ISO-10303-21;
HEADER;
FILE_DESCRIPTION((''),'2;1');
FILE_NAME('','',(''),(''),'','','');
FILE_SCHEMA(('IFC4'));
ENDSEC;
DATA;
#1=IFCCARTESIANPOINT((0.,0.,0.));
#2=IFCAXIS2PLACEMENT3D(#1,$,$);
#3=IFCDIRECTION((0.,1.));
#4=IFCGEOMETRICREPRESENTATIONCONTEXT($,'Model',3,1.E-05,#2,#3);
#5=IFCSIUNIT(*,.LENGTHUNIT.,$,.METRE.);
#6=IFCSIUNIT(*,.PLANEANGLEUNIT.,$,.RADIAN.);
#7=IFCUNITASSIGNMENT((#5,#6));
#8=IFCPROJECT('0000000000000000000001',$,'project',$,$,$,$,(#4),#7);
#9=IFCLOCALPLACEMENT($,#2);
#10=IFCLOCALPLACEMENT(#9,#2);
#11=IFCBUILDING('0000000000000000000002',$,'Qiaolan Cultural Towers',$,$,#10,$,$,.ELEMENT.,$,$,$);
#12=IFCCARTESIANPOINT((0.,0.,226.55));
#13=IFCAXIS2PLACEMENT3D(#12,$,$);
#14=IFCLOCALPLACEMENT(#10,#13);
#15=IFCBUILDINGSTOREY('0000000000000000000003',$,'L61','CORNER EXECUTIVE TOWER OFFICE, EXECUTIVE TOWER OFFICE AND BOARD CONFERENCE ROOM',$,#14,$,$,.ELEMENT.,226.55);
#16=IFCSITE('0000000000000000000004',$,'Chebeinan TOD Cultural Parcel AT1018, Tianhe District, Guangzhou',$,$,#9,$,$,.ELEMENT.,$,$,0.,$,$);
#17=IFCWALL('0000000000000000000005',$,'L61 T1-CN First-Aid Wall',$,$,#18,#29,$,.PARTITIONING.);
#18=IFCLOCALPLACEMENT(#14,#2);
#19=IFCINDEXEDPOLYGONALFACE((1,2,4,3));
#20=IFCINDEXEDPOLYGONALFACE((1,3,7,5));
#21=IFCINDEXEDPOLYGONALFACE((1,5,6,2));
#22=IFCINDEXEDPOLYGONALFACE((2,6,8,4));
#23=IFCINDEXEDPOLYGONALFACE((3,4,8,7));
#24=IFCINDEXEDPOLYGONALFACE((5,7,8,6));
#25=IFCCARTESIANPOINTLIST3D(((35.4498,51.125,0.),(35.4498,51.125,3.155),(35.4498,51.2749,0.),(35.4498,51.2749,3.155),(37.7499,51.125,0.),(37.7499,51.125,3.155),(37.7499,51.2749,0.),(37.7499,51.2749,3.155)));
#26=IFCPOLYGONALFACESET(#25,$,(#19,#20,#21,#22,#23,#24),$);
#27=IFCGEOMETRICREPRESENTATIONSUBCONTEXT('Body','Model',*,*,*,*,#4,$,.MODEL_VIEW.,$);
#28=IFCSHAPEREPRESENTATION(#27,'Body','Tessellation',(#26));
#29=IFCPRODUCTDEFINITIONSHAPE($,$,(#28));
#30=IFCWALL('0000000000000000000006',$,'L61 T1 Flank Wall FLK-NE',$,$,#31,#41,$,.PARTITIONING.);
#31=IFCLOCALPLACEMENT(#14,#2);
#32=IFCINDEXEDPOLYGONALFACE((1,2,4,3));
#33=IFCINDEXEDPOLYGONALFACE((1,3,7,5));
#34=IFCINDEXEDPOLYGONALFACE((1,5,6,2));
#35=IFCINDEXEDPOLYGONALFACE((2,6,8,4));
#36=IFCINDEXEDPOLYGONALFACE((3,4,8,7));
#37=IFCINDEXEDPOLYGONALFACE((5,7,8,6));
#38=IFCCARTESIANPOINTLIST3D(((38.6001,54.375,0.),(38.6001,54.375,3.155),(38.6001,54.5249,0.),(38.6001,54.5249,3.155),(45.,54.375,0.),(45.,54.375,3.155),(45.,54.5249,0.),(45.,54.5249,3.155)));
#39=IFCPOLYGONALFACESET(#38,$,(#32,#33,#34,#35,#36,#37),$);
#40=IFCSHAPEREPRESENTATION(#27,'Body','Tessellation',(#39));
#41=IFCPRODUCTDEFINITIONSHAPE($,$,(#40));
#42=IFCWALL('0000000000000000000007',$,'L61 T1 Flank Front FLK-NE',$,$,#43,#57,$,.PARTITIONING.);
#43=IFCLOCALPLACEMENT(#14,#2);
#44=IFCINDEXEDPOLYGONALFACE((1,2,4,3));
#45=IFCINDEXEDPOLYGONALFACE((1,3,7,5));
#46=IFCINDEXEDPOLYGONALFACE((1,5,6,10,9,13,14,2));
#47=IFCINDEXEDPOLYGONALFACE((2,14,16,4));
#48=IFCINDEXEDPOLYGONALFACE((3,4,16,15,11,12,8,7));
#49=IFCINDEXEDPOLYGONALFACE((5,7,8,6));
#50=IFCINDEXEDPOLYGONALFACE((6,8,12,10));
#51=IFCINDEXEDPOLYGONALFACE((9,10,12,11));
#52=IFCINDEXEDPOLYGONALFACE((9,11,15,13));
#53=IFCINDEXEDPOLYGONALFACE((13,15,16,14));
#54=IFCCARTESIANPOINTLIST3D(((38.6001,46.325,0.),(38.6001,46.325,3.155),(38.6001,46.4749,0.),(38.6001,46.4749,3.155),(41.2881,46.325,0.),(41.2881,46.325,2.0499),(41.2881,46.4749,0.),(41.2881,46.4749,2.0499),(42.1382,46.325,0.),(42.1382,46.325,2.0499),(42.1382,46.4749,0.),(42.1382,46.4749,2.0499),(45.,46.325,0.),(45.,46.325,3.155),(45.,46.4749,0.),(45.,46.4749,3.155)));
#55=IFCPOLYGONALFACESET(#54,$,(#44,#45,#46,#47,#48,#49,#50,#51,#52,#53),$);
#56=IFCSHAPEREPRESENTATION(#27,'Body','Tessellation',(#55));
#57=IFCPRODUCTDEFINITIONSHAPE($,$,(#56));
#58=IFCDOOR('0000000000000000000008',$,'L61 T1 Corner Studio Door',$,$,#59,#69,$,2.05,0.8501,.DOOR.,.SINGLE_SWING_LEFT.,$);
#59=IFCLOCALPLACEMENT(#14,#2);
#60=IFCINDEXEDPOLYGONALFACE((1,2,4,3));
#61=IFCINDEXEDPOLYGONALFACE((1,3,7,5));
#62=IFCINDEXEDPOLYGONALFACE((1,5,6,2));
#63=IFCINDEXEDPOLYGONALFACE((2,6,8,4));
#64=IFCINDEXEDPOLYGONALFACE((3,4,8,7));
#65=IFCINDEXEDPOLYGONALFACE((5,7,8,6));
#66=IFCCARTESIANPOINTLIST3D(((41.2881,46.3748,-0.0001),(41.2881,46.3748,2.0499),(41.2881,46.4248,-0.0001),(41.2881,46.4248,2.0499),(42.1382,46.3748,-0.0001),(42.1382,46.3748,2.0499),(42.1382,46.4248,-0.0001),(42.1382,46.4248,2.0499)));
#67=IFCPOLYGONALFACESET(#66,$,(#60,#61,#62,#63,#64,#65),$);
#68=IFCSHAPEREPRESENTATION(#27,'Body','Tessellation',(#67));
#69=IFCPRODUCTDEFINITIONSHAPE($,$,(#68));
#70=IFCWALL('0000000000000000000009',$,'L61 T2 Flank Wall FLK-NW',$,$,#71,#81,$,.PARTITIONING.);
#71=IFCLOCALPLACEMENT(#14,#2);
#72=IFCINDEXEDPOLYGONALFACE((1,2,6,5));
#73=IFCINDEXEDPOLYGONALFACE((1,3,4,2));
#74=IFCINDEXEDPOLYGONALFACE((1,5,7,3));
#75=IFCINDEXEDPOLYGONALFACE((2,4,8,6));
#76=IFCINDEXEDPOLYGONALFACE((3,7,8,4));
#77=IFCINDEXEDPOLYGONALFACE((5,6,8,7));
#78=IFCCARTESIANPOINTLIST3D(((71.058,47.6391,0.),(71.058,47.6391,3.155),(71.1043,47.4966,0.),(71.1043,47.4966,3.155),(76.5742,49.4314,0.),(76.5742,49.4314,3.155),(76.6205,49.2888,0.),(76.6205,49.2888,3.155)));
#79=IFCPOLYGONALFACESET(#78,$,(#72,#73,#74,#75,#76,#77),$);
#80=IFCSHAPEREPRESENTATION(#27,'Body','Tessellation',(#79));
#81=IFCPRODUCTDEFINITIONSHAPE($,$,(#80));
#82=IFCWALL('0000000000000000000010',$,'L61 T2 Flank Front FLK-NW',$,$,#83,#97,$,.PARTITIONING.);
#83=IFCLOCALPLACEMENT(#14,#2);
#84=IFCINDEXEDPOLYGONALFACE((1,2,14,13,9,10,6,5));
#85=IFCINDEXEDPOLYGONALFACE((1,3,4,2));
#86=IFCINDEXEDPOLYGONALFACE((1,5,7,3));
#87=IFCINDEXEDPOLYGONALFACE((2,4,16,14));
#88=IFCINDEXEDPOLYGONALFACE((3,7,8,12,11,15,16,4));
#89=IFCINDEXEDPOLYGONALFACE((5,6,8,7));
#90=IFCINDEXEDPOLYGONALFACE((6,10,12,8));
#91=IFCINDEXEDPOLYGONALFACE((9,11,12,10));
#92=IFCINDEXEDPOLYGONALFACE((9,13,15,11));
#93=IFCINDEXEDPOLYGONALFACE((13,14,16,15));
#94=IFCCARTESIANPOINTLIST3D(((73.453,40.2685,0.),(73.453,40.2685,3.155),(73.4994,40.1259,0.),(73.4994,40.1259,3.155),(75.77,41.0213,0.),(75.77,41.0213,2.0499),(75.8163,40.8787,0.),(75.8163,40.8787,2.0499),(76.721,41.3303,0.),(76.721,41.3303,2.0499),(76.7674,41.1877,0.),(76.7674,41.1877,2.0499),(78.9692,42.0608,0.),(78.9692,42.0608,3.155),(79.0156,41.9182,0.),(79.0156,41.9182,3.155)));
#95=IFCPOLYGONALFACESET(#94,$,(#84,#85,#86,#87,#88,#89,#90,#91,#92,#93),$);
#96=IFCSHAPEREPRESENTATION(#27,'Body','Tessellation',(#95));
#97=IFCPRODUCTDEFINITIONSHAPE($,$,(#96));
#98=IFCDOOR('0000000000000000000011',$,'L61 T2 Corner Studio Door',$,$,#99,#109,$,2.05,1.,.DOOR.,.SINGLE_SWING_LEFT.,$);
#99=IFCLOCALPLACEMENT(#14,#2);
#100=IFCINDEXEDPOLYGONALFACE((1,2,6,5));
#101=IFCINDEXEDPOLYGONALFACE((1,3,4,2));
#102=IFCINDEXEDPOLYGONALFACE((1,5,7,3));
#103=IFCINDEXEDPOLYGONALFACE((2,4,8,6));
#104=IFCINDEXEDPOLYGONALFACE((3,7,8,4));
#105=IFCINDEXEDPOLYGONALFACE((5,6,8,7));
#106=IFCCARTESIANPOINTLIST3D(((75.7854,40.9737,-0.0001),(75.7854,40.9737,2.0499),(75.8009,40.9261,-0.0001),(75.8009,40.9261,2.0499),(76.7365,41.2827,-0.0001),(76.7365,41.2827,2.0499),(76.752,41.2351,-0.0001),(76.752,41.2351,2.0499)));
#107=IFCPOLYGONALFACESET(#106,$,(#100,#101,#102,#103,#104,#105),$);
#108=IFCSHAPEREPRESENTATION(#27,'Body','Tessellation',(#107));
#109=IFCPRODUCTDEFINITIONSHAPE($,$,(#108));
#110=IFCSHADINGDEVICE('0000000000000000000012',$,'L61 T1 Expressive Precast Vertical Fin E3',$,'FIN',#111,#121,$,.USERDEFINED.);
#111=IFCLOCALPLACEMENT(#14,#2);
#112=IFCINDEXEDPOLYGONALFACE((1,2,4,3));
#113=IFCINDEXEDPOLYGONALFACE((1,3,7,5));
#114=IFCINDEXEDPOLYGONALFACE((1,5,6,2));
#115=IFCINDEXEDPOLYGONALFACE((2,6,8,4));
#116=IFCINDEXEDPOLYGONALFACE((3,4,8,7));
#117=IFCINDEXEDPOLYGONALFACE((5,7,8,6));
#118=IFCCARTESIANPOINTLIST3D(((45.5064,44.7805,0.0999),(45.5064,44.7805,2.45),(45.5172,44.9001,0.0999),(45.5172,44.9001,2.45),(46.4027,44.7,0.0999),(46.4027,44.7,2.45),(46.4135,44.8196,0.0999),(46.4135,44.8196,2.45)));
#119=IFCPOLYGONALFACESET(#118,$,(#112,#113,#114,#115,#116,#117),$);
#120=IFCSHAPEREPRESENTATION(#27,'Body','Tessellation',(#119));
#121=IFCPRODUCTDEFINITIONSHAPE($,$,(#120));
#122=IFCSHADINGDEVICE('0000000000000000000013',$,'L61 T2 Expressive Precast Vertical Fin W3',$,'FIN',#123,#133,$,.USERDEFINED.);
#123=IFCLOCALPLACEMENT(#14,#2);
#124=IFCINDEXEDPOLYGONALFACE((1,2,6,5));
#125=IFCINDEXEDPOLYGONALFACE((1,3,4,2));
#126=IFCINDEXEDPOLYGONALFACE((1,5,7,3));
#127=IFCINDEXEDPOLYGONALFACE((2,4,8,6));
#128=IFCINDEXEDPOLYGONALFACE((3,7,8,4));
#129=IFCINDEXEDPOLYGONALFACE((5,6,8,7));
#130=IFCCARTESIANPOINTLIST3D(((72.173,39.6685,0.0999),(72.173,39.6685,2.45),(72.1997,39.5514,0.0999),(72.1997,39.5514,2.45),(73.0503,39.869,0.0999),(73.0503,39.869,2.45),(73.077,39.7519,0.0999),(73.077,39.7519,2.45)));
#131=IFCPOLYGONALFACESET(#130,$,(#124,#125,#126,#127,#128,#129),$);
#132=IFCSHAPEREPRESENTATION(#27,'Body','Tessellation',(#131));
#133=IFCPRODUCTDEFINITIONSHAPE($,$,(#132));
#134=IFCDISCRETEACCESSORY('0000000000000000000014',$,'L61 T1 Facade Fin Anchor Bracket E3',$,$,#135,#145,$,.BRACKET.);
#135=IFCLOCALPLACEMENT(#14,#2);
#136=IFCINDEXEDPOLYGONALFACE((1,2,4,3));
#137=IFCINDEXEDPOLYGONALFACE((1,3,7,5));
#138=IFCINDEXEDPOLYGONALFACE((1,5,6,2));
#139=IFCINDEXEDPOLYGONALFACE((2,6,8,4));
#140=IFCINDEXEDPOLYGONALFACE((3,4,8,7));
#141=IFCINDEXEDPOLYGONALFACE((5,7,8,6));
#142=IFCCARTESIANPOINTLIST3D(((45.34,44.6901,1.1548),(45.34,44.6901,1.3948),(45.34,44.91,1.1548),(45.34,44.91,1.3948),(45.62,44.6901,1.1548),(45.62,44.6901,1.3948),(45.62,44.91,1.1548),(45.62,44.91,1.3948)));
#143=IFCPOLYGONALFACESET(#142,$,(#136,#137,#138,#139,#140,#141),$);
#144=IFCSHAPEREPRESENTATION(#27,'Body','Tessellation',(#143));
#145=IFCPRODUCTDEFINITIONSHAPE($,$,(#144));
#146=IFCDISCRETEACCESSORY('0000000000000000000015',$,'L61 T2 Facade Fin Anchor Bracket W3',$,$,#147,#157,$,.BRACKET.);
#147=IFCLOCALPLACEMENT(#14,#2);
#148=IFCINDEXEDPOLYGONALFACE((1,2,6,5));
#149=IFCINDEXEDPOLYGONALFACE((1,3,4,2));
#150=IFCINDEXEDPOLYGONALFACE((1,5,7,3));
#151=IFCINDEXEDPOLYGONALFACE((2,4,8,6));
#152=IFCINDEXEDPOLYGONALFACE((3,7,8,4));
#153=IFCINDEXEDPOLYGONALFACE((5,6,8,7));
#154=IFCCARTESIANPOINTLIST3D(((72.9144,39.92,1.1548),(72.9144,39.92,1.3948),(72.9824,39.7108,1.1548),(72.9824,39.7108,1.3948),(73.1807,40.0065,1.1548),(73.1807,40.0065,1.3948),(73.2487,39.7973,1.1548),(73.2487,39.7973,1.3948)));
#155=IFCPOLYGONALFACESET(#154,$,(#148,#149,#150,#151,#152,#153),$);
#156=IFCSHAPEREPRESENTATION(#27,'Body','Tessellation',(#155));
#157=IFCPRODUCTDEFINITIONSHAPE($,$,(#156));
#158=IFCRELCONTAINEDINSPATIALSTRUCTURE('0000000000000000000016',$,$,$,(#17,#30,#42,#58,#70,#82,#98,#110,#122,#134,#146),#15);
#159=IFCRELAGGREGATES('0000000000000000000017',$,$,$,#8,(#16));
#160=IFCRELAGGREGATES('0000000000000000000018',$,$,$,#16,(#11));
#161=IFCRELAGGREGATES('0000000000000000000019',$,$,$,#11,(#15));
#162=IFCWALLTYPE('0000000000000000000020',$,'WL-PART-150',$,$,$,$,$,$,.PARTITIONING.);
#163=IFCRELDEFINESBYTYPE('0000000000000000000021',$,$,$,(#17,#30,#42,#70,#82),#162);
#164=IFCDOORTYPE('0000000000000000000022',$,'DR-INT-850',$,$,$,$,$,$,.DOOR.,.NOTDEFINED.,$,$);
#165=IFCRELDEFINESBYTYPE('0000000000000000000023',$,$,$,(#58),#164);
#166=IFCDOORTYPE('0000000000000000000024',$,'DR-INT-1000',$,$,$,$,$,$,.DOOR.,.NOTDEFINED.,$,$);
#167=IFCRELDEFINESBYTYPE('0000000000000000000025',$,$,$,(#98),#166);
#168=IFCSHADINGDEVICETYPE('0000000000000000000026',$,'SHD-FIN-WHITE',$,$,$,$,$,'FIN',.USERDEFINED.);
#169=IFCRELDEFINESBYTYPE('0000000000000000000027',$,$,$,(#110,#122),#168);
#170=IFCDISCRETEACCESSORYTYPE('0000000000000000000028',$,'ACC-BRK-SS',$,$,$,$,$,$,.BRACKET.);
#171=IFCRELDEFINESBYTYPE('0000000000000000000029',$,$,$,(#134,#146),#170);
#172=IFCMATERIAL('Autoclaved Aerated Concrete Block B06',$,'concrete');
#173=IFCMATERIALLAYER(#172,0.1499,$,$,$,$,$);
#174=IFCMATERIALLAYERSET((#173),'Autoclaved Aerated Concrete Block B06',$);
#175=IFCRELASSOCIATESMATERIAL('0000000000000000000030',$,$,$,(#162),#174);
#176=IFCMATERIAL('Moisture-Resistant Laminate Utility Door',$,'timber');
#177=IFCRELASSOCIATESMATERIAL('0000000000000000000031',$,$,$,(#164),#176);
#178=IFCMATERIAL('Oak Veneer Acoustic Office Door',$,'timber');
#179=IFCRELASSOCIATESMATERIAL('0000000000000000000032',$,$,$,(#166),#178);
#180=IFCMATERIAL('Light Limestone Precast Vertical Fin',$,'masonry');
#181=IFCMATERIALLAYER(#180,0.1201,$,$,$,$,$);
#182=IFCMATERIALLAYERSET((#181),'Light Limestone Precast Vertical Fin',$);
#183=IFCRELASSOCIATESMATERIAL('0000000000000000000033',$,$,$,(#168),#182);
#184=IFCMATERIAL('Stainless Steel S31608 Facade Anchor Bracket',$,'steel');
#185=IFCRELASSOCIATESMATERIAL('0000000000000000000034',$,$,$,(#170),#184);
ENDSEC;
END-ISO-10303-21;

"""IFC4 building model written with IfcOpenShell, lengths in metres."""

from ifc_helpers import new_model, si_unit, direction, frame, frame_2d, origin, origin_2d, place, context, subcontext, project, spatial, rectangle, extrude, material, layer, layer_set, type_object, element, fill, save


model = new_model("IFC4")

# Units and contexts
model_context = context("Model", 3, precision=1e-05, world=origin(), true_north=direction((0.0, 1.0)))
body_context = subcontext(model_context, "Body", "Model", "MODEL_VIEW")
ifc_project = project(units=[si_unit("LENGTHUNIT", "METRE"), si_unit("PLANEANGLEUNIT", "RADIAN")], contexts=[model_context])

# Site, building, storey
site_placement = place(None, origin())
site = spatial("IfcSite", under=ifc_project, at=site_placement, Name="Chebeinan TOD Cultural Parcel AT1018, Tianhe District, Guangzhou", CompositionType="ELEMENT", RefElevation=0.0)
building_placement = place(site_placement, origin())
building = spatial("IfcBuilding", under=site, at=building_placement, Name="Qiaolan Cultural Towers", CompositionType="ELEMENT")
storey_placement = place(building_placement, frame((0.0, 0.0, 226.55)))
storey = spatial("IfcBuildingStorey", under=building, at=storey_placement, Name="L61", Description="CORNER EXECUTIVE TOWER OFFICE, EXECUTIVE TOWER OFFICE AND BOARD CONFERENCE ROOM", CompositionType="ELEMENT", Elevation=226.55)

# Shared definitions
ifc_material_1 = material(Name="Autoclaved Aerated Concrete Block B06", Category="concrete")
ifc_layer_1 = layer(ifc_material_1, 0.1499)
ifc_layer_set_1 = layer_set([ifc_layer_1], Name="Autoclaved Aerated Concrete Block B06")
wall_type_1 = type_object("IfcWallType", Name="WL-PART-150", PredefinedType="PARTITIONING", material=ifc_layer_set_1)

# Walls
wall_1_placement = place(storey_placement, frame((35.45, 51.2, 0.0), z_axis=(0.0, 0.0, 1.0), x_axis=(1.0, 0.0, 0.0)))
element("IfcWall", 1, at=wall_1_placement, inside=storey, type_object=wall_type_1, Name="L61 T1-CN First-Aid Wall", PredefinedType="PARTITIONING", context=body_context, shape_type="SweptSolid", body=[
    extrude(rectangle(XDim=2.3, YDim=0.1499, at=frame_2d((1.1499, 0.0))), origin(), (0.0, 0.0, 1.0), 3.155),
])
wall_2_placement = place(storey_placement, frame((38.6001, 54.45, 0.0), z_axis=(0.0, 0.0, 1.0), x_axis=(1.0, 0.0, 0.0)))
element("IfcWall", 2, at=wall_2_placement, inside=storey, type_object=wall_type_1, Name="L61 T1 Flank Wall FLK-NE", PredefinedType="PARTITIONING", context=body_context, shape_type="SweptSolid", body=[
    extrude(rectangle(XDim=6.3999, YDim=0.1499, at=frame_2d((3.2, 0.0))), origin(), (0.0, 0.0, 1.0), 3.155),
])

# Wall, opening, door
wall_3_placement = place(storey_placement, frame((38.6001, 46.3999, 0.0), z_axis=(0.0, 0.0, 1.0), x_axis=(1.0, 0.0, 0.0)))
wall_3 = element("IfcWall", 3, at=wall_3_placement, inside=storey, type_object=wall_type_1, Name="L61 T1 Flank Front FLK-NE", PredefinedType="PARTITIONING", context=body_context, shape_type="SweptSolid", body=[
    extrude(rectangle(XDim=6.3999, YDim=0.1499, at=frame_2d((3.2, 0.0))), origin(), (0.0, 0.0, 1.0), 3.155),
])
opening_1_placement = place(wall_3_placement, frame((2.688, 0.0, 0.0)))
opening_1 = element("IfcOpeningElement", 4, at=opening_1_placement, cuts=wall_3, PredefinedType="OPENING", context=body_context, shape_type="SweptSolid", body=[
    extrude(rectangle(XDim=0.8501, YDim=2.05, at=frame_2d((0.425, 1.0249))), frame((0.0, 0.085, 0.0), z_axis=(0.0, -1.0, 0.0), x_axis=(1.0, 0.0, 0.0)), (0.0, 0.0, 1.0), 0.1699),
])
ifc_material_2 = material(Name="Moisture-Resistant Laminate Utility Door", Category="timber")
door_type_1 = type_object("IfcDoorType", Name="DR-INT-850", OperationType="NOTDEFINED", PredefinedType="DOOR", material=ifc_material_2)
door_1_placement = place(opening_1_placement, origin())
door_1 = element("IfcDoor", 5, at=door_1_placement, inside=storey, type_object=door_type_1, Name="L61 T1 Corner Studio Door", OperationType="SINGLE_SWING_LEFT", OverallHeight=2.05, OverallWidth=0.8501, PredefinedType="DOOR", context=body_context, shape_type="SweptSolid", body=[
    extrude(rectangle(XDim=0.8501, YDim=2.05, at=frame_2d((0.425, 1.0249))), frame((0.0, 0.0249, 0.0), z_axis=(0.0, -1.0, 0.0), x_axis=(1.0, 0.0, 0.0)), (0.0, 0.0, 1.0), 0.05),
])
fill(opening_1, door_1)

# Wall
wall_4_placement = place(storey_placement, frame((71.0813, 47.5679, 0.0), z_axis=(0.0, 0.0, 1.0), x_axis=(0.951059, 0.309008, 0.0)))
element("IfcWall", 6, at=wall_4_placement, inside=storey, type_object=wall_type_1, Name="L61 T2 Flank Wall FLK-NW", PredefinedType="PARTITIONING", context=body_context, shape_type="SweptSolid", body=[
    extrude(rectangle(XDim=5.8, YDim=0.1499, at=frame_2d((2.8999, 0.0))), origin(), (0.0, 0.0, 1.0), 3.155),
])

# Wall, opening, door
wall_5_placement = place(storey_placement, frame((73.4763, 40.1973, 0.0), z_axis=(0.0, 0.0, 1.0), x_axis=(0.951059, 0.309008, 0.0)))
wall_5 = element("IfcWall", 7, at=wall_5_placement, inside=storey, type_object=wall_type_1, Name="L61 T2 Flank Front FLK-NW", PredefinedType="PARTITIONING", context=body_context, shape_type="SweptSolid", body=[
    extrude(rectangle(XDim=5.8, YDim=0.1499, at=frame_2d((2.8999, 0.0))), origin(), (0.0, 0.0, 1.0), 3.155),
])
opening_2_placement = place(wall_5_placement, frame((2.436, 0.0, 0.0)))
opening_2 = element("IfcOpeningElement", 8, at=opening_2_placement, cuts=wall_5, PredefinedType="OPENING", context=body_context, shape_type="SweptSolid", body=[
    extrude(rectangle(XDim=1.0, YDim=2.05, at=frame_2d((0.5, 1.0249))), frame((0.0, 0.085, 0.0), z_axis=(0.0, -1.0, 0.0), x_axis=(1.0, 0.0, 0.0)), (0.0, 0.0, 1.0), 0.1699),
])
ifc_material_3 = material(Name="Oak Veneer Acoustic Office Door", Category="timber")
door_type_2 = type_object("IfcDoorType", Name="DR-INT-1000", OperationType="NOTDEFINED", PredefinedType="DOOR", material=ifc_material_3)
door_2_placement = place(opening_2_placement, origin())
door_2 = element("IfcDoor", 9, at=door_2_placement, inside=storey, type_object=door_type_2, Name="L61 T2 Corner Studio Door", OperationType="SINGLE_SWING_LEFT", OverallHeight=2.05, OverallWidth=1.0, PredefinedType="DOOR", context=body_context, shape_type="SweptSolid", body=[
    extrude(rectangle(XDim=1.0, YDim=2.05, at=frame_2d((0.5, 1.0249))), frame((0.0, 0.0249, 0.0), z_axis=(0.0, -1.0, 0.0), x_axis=(1.0, 0.0, 0.0)), (0.0, 0.0, 1.0), 0.05),
])
fill(opening_2, door_2)

# Shading devices
ifc_material_4 = material(Name="Light Limestone Precast Vertical Fin", Category="masonry")
ifc_layer_2 = layer(ifc_material_4, 0.1201)
ifc_layer_set_2 = layer_set([ifc_layer_2], Name="Light Limestone Precast Vertical Fin")
shading_device_type = type_object("IfcShadingDeviceType", Name="SHD-FIN-WHITE", ElementType="FIN", PredefinedType="USERDEFINED", material=ifc_layer_set_2)
for number, where, z_axis, x_axis, name in (
    (10, (45.96, 44.8, 0.0999), (0.0, 0.0, 1.0), (0.995994, -0.089421, 0.0), "L61 T1 Expressive Precast Vertical Fin E3"),
    (11, (72.625, 39.7102, 0.0999), (0.0, 0.0, 1.0), (0.974879, 0.222735, 0.0), "L61 T2 Expressive Precast Vertical Fin W3"),
):
    element("IfcShadingDevice", number, at=place(storey_placement, frame(where, z_axis=z_axis, x_axis=x_axis)), inside=storey, type_object=shading_device_type, Name=name, ObjectType="FIN", PredefinedType="USERDEFINED", context=body_context, shape_type="SweptSolid", body=[
        extrude(rectangle(XDim=0.8999, YDim=0.1201, at=origin_2d()), origin(), (0.0, 0.0, 1.0), 2.3501),
    ])

# Discrete accessories
ifc_material_5 = material(Name="Stainless Steel S31608 Facade Anchor Bracket", Category="steel")
discrete_accessory_type = type_object("IfcDiscreteAccessoryType", Name="ACC-BRK-SS", PredefinedType="BRACKET", material=ifc_material_5)
for number, where, z_axis, x_axis, name in (
    (12, (45.48, 44.8, 1.1548), (0.0, 0.0, 1.0), (1.0, 0.0, 0.0), "L61 T1 Facade Fin Anchor Bracket E3"),
    (13, (73.0815, 39.8586, 1.1548), (0.0, 0.0, 1.0), (0.951057, 0.309017, 0.0), "L61 T2 Facade Fin Anchor Bracket W3"),
):
    element("IfcDiscreteAccessory", number, at=place(storey_placement, frame(where, z_axis=z_axis, x_axis=x_axis)), inside=storey, type_object=discrete_accessory_type, Name=name, PredefinedType="BRACKET", context=body_context, shape_type="SweptSolid", body=[
        extrude(rectangle(XDim=0.28, YDim=0.22, at=origin_2d()), origin(), (0.0, 0.0, 1.0), 0.24),
    ])

save(model, "model.ifc")
